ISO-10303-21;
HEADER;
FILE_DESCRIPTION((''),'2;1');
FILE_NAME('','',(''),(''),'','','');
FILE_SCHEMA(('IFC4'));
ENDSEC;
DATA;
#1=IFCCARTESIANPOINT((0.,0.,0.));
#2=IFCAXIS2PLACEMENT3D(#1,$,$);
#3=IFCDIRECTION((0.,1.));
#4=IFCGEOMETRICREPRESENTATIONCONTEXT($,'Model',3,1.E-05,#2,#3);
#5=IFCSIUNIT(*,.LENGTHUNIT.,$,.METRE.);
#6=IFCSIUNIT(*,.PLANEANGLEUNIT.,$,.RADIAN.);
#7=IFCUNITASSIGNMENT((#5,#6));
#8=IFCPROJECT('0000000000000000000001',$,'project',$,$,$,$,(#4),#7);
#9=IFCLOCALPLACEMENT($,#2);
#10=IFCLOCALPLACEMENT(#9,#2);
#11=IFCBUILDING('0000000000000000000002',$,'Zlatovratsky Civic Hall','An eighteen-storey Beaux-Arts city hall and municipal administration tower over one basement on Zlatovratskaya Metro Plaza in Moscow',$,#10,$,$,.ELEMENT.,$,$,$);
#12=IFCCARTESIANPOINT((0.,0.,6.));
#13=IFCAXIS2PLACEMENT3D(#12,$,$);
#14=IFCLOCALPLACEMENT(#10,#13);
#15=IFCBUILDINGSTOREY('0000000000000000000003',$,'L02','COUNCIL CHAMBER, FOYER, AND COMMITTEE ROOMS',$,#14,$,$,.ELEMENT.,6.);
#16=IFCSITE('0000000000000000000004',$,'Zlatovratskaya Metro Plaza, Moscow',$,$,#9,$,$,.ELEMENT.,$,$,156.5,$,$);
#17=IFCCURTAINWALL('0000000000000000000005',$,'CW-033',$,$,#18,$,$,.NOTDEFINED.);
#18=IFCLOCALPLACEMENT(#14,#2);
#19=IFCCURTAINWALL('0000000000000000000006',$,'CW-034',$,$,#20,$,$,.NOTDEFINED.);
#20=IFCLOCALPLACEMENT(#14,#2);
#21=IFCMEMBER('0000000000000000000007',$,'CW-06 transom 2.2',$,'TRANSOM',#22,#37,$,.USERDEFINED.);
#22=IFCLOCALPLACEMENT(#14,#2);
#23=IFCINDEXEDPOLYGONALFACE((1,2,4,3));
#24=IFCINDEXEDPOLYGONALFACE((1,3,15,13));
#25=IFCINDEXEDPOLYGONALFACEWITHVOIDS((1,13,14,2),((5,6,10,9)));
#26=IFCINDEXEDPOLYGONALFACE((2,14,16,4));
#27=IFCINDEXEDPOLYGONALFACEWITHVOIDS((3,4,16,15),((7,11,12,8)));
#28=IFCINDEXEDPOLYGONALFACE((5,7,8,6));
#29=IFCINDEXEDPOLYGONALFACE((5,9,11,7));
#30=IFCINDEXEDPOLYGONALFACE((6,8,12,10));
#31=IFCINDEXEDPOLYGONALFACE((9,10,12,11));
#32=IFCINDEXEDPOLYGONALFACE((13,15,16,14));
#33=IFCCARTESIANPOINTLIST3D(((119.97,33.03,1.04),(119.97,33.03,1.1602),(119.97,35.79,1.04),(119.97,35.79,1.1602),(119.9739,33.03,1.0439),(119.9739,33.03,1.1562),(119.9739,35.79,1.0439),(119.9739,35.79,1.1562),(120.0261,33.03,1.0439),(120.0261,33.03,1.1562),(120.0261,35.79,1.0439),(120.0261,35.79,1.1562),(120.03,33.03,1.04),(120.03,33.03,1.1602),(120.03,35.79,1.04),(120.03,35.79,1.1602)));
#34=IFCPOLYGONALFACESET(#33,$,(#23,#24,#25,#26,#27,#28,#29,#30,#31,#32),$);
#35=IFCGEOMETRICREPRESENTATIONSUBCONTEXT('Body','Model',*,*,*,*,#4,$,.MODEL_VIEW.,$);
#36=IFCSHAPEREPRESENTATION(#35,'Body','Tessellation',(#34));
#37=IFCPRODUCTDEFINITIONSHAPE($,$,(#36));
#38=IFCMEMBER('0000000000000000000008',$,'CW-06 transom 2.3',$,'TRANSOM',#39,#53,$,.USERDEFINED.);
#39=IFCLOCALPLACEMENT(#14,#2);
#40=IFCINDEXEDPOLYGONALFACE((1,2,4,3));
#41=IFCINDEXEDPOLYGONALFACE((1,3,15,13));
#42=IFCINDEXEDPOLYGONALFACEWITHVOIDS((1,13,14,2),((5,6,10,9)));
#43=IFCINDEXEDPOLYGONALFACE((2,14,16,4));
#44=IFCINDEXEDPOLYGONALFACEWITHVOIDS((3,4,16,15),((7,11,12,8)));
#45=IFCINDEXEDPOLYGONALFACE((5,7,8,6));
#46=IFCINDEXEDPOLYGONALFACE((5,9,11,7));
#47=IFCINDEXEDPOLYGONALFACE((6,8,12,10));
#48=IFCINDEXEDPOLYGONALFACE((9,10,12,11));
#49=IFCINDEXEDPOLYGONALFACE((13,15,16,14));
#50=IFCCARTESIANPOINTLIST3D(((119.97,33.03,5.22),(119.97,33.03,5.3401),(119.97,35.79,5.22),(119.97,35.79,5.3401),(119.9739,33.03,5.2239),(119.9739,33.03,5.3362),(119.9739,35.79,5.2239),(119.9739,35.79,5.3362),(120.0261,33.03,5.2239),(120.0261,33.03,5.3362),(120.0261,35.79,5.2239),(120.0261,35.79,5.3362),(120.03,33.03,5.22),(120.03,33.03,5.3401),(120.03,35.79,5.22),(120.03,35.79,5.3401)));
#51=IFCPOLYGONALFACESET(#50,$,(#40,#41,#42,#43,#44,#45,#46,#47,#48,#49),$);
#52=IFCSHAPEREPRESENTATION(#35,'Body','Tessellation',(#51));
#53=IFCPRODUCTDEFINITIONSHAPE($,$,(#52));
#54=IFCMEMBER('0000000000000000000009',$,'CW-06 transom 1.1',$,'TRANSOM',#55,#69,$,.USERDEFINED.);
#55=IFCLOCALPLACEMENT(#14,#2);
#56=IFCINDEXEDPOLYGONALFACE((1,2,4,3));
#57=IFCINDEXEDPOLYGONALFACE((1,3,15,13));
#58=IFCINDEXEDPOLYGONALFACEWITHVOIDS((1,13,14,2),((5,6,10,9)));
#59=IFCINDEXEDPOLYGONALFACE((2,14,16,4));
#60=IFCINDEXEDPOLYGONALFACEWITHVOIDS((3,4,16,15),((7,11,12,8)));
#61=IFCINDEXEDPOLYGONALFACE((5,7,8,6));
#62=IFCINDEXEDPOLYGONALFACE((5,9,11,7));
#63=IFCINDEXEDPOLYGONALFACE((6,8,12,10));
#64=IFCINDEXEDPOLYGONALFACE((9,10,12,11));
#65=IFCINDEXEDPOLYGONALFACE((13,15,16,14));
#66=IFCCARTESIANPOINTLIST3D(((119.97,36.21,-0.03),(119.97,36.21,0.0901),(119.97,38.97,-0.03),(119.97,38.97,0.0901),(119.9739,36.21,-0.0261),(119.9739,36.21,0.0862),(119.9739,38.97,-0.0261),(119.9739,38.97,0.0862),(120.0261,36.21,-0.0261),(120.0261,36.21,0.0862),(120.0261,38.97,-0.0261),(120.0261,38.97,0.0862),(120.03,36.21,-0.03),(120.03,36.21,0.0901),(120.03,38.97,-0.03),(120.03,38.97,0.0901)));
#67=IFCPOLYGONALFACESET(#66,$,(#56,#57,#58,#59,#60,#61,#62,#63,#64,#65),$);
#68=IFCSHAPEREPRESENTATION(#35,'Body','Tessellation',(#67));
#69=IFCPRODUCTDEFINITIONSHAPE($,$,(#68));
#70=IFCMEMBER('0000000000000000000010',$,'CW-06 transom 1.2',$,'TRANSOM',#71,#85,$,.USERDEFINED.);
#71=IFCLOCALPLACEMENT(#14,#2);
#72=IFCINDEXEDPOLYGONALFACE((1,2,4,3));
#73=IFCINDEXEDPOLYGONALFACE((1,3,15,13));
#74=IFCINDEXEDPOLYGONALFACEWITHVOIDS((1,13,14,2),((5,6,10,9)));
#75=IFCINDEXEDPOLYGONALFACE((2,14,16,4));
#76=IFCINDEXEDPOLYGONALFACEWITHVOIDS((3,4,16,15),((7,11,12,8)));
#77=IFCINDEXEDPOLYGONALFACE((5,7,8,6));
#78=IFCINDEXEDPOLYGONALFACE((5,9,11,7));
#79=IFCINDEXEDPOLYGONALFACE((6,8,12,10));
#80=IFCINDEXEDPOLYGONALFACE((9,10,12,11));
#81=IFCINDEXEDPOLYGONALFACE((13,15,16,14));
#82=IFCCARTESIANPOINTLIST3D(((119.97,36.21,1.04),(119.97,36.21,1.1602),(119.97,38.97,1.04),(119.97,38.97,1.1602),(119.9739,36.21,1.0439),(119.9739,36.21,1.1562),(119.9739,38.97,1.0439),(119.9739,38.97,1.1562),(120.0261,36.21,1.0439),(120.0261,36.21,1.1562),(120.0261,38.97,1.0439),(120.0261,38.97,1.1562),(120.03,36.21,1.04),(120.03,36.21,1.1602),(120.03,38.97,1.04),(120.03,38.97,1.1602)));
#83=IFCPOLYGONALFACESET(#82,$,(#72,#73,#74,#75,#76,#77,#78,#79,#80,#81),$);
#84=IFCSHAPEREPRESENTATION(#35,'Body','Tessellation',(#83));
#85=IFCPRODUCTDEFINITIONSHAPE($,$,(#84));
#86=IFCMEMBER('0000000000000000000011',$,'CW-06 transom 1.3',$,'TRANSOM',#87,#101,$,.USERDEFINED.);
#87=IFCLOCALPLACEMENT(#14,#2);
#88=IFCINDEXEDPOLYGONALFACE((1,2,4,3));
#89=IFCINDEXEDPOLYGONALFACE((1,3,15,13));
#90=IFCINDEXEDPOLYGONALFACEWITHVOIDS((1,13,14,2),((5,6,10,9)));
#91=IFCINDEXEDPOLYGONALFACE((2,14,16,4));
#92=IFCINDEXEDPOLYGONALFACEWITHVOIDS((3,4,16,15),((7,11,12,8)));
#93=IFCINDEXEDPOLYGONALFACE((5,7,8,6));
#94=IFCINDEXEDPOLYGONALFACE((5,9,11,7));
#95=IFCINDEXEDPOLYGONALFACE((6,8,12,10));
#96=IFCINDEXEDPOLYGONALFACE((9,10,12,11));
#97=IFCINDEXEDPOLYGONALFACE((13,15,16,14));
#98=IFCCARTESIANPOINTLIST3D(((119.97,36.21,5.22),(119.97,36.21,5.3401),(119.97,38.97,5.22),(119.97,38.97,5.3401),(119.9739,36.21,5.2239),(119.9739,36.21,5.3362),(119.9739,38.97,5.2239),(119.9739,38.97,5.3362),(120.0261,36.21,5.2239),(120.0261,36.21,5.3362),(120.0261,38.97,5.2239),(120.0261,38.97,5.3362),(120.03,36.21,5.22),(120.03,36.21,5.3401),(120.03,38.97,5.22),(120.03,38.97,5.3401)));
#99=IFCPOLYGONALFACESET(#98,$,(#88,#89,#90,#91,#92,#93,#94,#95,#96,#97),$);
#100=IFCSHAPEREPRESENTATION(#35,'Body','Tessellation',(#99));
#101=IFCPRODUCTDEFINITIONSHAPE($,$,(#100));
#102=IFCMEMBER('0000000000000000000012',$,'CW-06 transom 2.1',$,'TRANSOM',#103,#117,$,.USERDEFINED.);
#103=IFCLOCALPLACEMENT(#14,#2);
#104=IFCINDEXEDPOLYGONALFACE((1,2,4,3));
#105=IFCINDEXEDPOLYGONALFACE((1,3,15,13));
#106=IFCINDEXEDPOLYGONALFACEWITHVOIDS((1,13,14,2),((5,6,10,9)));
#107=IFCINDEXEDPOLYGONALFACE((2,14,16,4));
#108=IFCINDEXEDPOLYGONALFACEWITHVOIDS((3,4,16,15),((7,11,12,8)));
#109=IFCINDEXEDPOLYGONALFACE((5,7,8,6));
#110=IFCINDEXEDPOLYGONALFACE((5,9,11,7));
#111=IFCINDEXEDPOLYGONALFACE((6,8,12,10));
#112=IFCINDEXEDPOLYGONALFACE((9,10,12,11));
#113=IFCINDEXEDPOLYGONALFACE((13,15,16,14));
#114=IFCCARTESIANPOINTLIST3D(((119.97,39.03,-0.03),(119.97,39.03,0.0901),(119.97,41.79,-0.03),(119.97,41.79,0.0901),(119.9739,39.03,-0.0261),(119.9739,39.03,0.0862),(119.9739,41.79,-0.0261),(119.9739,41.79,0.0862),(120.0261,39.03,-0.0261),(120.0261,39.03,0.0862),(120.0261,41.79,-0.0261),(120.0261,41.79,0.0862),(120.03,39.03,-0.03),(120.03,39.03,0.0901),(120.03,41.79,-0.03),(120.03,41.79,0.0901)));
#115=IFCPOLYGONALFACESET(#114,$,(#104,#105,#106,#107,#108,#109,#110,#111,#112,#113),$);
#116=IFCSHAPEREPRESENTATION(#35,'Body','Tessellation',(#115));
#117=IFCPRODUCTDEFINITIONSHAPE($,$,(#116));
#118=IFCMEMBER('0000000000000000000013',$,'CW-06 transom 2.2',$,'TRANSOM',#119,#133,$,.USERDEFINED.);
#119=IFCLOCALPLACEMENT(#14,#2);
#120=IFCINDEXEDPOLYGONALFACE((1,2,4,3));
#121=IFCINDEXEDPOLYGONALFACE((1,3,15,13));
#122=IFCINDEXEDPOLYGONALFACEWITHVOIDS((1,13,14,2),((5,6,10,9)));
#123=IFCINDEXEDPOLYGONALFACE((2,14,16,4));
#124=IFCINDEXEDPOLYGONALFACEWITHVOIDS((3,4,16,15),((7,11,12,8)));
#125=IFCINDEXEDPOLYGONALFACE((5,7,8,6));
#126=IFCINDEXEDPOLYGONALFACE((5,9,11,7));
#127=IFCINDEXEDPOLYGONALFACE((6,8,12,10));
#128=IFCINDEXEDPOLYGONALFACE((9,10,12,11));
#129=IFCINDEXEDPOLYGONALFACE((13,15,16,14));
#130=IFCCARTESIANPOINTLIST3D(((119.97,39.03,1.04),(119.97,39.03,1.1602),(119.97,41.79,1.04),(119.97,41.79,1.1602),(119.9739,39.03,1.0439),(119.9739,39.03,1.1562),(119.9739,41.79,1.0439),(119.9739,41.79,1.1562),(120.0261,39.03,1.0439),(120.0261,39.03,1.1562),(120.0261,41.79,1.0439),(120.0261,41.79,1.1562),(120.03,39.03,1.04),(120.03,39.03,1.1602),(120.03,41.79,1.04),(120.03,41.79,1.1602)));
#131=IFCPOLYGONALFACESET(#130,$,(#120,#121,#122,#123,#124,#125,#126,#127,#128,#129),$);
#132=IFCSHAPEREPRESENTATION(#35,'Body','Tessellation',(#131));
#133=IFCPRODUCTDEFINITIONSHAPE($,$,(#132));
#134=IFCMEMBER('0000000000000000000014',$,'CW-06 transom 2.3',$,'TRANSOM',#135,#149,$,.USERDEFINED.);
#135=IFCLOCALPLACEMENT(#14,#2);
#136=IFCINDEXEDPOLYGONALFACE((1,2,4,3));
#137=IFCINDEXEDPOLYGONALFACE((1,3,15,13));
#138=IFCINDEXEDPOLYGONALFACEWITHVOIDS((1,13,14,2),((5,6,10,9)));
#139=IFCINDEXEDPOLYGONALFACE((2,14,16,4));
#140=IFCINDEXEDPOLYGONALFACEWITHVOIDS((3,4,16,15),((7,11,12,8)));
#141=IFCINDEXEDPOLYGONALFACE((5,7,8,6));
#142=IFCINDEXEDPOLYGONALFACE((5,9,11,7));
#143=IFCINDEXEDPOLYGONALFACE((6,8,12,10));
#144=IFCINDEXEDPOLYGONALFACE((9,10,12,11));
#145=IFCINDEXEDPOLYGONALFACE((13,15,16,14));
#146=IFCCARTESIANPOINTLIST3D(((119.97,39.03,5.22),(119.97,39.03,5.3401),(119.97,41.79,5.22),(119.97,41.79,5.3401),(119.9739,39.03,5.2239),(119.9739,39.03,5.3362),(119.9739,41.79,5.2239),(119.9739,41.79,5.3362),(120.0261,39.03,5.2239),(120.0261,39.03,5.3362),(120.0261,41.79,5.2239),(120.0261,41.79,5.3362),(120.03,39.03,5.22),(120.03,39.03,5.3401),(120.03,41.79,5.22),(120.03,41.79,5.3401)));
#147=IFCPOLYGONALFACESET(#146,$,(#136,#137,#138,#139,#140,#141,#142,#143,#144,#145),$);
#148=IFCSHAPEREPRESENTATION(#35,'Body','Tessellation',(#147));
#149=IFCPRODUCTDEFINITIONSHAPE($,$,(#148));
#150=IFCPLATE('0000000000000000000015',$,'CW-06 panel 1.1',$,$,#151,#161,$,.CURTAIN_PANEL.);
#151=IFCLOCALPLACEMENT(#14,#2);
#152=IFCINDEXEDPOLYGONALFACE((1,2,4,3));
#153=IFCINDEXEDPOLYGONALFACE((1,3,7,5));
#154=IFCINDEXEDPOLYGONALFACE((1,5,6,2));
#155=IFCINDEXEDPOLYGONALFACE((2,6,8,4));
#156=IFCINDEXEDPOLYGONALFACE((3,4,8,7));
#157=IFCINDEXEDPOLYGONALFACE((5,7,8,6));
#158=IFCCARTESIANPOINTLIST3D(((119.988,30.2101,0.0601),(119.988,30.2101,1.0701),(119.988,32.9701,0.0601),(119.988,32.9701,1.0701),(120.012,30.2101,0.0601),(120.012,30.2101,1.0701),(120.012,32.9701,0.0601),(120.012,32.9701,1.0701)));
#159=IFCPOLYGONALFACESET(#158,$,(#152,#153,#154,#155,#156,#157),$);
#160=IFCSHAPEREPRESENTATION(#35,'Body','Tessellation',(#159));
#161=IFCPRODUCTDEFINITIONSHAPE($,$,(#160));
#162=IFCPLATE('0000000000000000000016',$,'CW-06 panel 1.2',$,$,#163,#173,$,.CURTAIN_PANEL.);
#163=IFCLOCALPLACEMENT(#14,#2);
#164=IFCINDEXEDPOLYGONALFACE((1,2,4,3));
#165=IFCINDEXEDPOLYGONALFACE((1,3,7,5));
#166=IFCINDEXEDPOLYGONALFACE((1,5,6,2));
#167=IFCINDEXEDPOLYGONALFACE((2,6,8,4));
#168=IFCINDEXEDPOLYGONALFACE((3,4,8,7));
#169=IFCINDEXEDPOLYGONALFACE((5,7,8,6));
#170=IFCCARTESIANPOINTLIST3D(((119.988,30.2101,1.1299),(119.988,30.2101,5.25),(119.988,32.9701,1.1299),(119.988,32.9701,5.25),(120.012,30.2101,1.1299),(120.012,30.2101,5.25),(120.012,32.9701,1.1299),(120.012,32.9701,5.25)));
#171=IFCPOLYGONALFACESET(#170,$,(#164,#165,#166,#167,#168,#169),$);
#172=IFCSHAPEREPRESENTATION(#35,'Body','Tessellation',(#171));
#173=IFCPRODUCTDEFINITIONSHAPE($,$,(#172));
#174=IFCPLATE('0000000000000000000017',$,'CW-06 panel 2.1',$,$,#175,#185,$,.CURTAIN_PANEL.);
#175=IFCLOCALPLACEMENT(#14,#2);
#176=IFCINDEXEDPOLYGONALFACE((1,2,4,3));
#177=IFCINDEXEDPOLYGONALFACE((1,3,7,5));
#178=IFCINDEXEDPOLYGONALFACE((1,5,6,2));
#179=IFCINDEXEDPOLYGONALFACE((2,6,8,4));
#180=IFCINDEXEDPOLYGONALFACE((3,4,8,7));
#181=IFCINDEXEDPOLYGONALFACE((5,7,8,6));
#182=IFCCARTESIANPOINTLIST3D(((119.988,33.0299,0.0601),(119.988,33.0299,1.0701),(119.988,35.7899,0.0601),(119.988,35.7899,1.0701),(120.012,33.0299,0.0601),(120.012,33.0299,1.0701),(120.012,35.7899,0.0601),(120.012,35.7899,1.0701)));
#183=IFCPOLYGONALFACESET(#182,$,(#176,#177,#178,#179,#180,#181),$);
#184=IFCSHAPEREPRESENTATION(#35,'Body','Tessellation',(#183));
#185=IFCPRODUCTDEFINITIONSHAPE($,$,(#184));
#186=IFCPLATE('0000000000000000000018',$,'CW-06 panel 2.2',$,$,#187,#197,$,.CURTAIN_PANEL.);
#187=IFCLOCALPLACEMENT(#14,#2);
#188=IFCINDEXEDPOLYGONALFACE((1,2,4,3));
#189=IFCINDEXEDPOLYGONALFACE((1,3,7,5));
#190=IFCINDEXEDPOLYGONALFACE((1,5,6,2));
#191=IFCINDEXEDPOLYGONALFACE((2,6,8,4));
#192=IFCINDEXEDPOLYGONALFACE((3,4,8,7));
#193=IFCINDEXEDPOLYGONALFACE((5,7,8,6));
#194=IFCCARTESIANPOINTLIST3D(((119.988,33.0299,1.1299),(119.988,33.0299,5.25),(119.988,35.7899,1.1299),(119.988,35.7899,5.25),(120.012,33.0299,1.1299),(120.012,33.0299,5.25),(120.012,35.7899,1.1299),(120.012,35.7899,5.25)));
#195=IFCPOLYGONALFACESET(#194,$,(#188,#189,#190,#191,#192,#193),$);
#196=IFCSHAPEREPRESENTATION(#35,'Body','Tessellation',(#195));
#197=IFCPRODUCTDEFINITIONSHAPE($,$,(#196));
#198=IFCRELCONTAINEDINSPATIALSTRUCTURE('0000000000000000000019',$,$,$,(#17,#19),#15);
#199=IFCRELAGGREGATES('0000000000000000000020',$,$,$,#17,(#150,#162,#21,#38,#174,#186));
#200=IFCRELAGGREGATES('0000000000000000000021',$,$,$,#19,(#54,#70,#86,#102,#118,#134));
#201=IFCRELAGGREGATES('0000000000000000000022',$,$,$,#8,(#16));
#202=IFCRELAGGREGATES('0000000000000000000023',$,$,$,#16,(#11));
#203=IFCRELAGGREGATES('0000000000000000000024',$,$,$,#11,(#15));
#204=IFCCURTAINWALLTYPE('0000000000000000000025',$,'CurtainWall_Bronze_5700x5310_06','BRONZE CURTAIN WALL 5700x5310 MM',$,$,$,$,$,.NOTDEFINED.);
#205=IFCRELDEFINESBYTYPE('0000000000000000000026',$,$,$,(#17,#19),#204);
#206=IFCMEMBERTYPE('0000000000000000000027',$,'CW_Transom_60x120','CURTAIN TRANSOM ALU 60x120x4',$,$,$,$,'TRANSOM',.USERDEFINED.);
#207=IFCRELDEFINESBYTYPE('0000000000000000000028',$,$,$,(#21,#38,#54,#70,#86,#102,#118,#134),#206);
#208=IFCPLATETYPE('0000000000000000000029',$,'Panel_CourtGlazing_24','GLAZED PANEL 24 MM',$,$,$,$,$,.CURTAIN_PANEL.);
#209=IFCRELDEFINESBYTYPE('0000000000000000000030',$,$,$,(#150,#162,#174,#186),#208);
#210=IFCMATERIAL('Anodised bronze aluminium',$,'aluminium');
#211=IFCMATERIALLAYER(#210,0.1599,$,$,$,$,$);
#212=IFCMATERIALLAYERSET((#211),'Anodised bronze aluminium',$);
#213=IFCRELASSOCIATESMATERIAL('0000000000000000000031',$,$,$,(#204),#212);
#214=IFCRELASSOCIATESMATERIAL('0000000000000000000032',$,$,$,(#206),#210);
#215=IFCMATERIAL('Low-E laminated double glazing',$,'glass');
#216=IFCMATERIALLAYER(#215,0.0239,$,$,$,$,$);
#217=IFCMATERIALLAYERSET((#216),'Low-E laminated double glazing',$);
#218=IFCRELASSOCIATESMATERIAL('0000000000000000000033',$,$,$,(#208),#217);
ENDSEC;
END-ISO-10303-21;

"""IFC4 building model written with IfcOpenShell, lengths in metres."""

from ifc_helpers import new_model, si_unit, direction, frame, origin, origin_2d, place, context, subcontext, project, spatial, rectangle, hollow_rectangle, extrude, material, layer, layer_set, material_profile, profile_set, type_object, element, aggregate, save


model = new_model("IFC4")

# Units and contexts
model_context = context("Model", 3, precision=1e-05, world=origin(), true_north=direction((0.0, 1.0)))
body_context = subcontext(model_context, "Body", "Model", "MODEL_VIEW")
ifc_project = project(units=[si_unit("LENGTHUNIT", "METRE"), si_unit("PLANEANGLEUNIT", "RADIAN")], contexts=[model_context])

# Site, building, storey
site_placement = place(None, origin())
site = spatial("IfcSite", under=ifc_project, at=site_placement, Name="Zlatovratskaya Metro Plaza, Moscow", CompositionType="ELEMENT", RefElevation=156.5)
building_placement = place(site_placement, origin())
building = spatial("IfcBuilding", under=site, at=building_placement, Name="Zlatovratsky Civic Hall", Description="An eighteen-storey Beaux-Arts city hall and municipal administration tower over one basement on Zlatovratskaya Metro Plaza in Moscow", CompositionType="ELEMENT")
storey_placement = place(building_placement, frame((0.0, 0.0, 6.0)))
storey = spatial("IfcBuildingStorey", under=building, at=storey_placement, Name="L02", Description="COUNCIL CHAMBER, FOYER, AND COMMITTEE ROOMS", CompositionType="ELEMENT", Elevation=6.0)

# Curtain walls
ifc_material_1 = material(Name="Anodised bronze aluminium", Category="aluminium")
ifc_layer_1 = layer(ifc_material_1, 0.1599)
ifc_layer_set_1 = layer_set([ifc_layer_1], Name="Anodised bronze aluminium")
curtain_wall_type = type_object("IfcCurtainWallType", Name="CurtainWall_Bronze_5700x5310_06", Description="BRONZE CURTAIN WALL 5700x5310 MM", PredefinedType="NOTDEFINED", material=ifc_layer_set_1)
curtain_wall_1_placement = place(storey_placement, origin())
curtain_wall_1 = element("IfcCurtainWall", 1, at=curtain_wall_1_placement, inside=storey, type_object=curtain_wall_type, Name="CW-033", PredefinedType="NOTDEFINED")
curtain_wall_2_placement = place(storey_placement, origin())
curtain_wall_2 = element("IfcCurtainWall", 2, at=curtain_wall_2_placement, inside=storey, type_object=curtain_wall_type, Name="CW-034", PredefinedType="NOTDEFINED")

# Members
ifc_material_profile_1 = material_profile(ifc_material_1, hollow_rectangle(XDim=0.0601, YDim=0.1201, WallThickness=0.0039, at=origin_2d()), Name="ALU 60x120x4")
ifc_profile_set_1 = profile_set([ifc_material_profile_1], Name="Anodised bronze aluminium")
member_type_1 = type_object("IfcMemberType", Name="CW_Transom_60x120", Description="CURTAIN TRANSOM ALU 60x120x4", ElementType="TRANSOM", PredefinedType="USERDEFINED", material=ifc_profile_set_1)
member_1_placement = place(storey_placement, frame((120.0, 33.03, 1.1001), z_axis=(0.0, 1.0, 0.0), x_axis=(-1.0, 0.0, 0.0)))
member_1 = element("IfcMember", 3, at=member_1_placement, type_object=member_type_1, Name="CW-06 transom 2.2", ObjectType="TRANSOM", PredefinedType="USERDEFINED", context=body_context, shape_type="SweptSolid", body=[
    extrude(hollow_rectangle(XDim=0.0601, YDim=0.1201, WallThickness=0.0039, at=origin_2d()), origin(), (0.0, 0.0, 1.0), 2.76),
])
member_2_placement = place(storey_placement, frame((120.0, 33.03, 5.28), z_axis=(0.0, 1.0, 0.0), x_axis=(-1.0, 0.0, 0.0)))
member_2 = element("IfcMember", 4, at=member_2_placement, type_object=member_type_1, Name="CW-06 transom 2.3", ObjectType="TRANSOM", PredefinedType="USERDEFINED", context=body_context, shape_type="SweptSolid", body=[
    extrude(hollow_rectangle(XDim=0.0601, YDim=0.1201, WallThickness=0.0039, at=origin_2d()), origin(), (0.0, 0.0, 1.0), 2.76),
])
member_3_placement = place(storey_placement, frame((120.0, 36.21, 0.03), z_axis=(0.0, 1.0, 0.0), x_axis=(-1.0, 0.0, 0.0)))
member_3 = element("IfcMember", 5, at=member_3_placement, type_object=member_type_1, Name="CW-06 transom 1.1", ObjectType="TRANSOM", PredefinedType="USERDEFINED", context=body_context, shape_type="SweptSolid", body=[
    extrude(hollow_rectangle(XDim=0.0601, YDim=0.1201, WallThickness=0.0039, at=origin_2d()), origin(), (0.0, 0.0, 1.0), 2.76),
])
member_4_placement = place(storey_placement, frame((120.0, 36.21, 1.1001), z_axis=(0.0, 1.0, 0.0), x_axis=(-1.0, 0.0, 0.0)))
member_4 = element("IfcMember", 6, at=member_4_placement, type_object=member_type_1, Name="CW-06 transom 1.2", ObjectType="TRANSOM", PredefinedType="USERDEFINED", context=body_context, shape_type="SweptSolid", body=[
    extrude(hollow_rectangle(XDim=0.0601, YDim=0.1201, WallThickness=0.0039, at=origin_2d()), origin(), (0.0, 0.0, 1.0), 2.76),
])
member_5_placement = place(storey_placement, frame((120.0, 36.21, 5.28), z_axis=(0.0, 1.0, 0.0), x_axis=(-1.0, 0.0, 0.0)))
member_5 = element("IfcMember", 7, at=member_5_placement, type_object=member_type_1, Name="CW-06 transom 1.3", ObjectType="TRANSOM", PredefinedType="USERDEFINED", context=body_context, shape_type="SweptSolid", body=[
    extrude(hollow_rectangle(XDim=0.0601, YDim=0.1201, WallThickness=0.0039, at=origin_2d()), origin(), (0.0, 0.0, 1.0), 2.76),
])
member_6_placement = place(storey_placement, frame((120.0, 39.03, 0.03), z_axis=(0.0, 1.0, 0.0), x_axis=(-1.0, 0.0, 0.0)))
member_6 = element("IfcMember", 8, at=member_6_placement, type_object=member_type_1, Name="CW-06 transom 2.1", ObjectType="TRANSOM", PredefinedType="USERDEFINED", context=body_context, shape_type="SweptSolid", body=[
    extrude(hollow_rectangle(XDim=0.0601, YDim=0.1201, WallThickness=0.0039, at=origin_2d()), origin(), (0.0, 0.0, 1.0), 2.76),
])
member_7_placement = place(storey_placement, frame((120.0, 39.03, 1.1001), z_axis=(0.0, 1.0, 0.0), x_axis=(-1.0, 0.0, 0.0)))
member_7 = element("IfcMember", 9, at=member_7_placement, type_object=member_type_1, Name="CW-06 transom 2.2", ObjectType="TRANSOM", PredefinedType="USERDEFINED", context=body_context, shape_type="SweptSolid", body=[
    extrude(hollow_rectangle(XDim=0.0601, YDim=0.1201, WallThickness=0.0039, at=origin_2d()), origin(), (0.0, 0.0, 1.0), 2.76),
])
member_8_placement = place(storey_placement, frame((120.0, 39.03, 5.28), z_axis=(0.0, 1.0, 0.0), x_axis=(-1.0, 0.0, 0.0)))
member_8 = element("IfcMember", 10, at=member_8_placement, type_object=member_type_1, Name="CW-06 transom 2.3", ObjectType="TRANSOM", PredefinedType="USERDEFINED", context=body_context, shape_type="SweptSolid", body=[
    extrude(hollow_rectangle(XDim=0.0601, YDim=0.1201, WallThickness=0.0039, at=origin_2d()), origin(), (0.0, 0.0, 1.0), 2.76),
])

# Plates
ifc_material_2 = material(Name="Low-E laminated double glazing", Category="glass")
ifc_layer_2 = layer(ifc_material_2, 0.0239)
ifc_layer_set_2 = layer_set([ifc_layer_2], Name="Low-E laminated double glazing")
plate_type = type_object("IfcPlateType", Name="Panel_CourtGlazing_24", Description="GLAZED PANEL 24 MM", PredefinedType="CURTAIN_PANEL", material=ifc_layer_set_2)
plate_1_placement = place(storey_placement, frame((120.0, 31.5901, 0.0601), z_axis=(0.0, 0.0, 1.0), x_axis=(0.0, 1.0, 0.0)))
plate_1 = element("IfcPlate", 11, at=plate_1_placement, type_object=plate_type, Name="CW-06 panel 1.1", PredefinedType="CURTAIN_PANEL", context=body_context, shape_type="SweptSolid", body=[
    extrude(rectangle(XDim=2.76, YDim=0.0239, at=origin_2d()), origin(), (0.0, 0.0, 1.0), 1.01),
])
plate_2_placement = place(storey_placement, frame((120.0, 31.5901, 1.1299), z_axis=(0.0, 0.0, 1.0), x_axis=(0.0, 1.0, 0.0)))
plate_2 = element("IfcPlate", 12, at=plate_2_placement, type_object=plate_type, Name="CW-06 panel 1.2", PredefinedType="CURTAIN_PANEL", context=body_context, shape_type="SweptSolid", body=[
    extrude(rectangle(XDim=2.76, YDim=0.0239, at=origin_2d()), origin(), (0.0, 0.0, 1.0), 4.1201),
])
plate_3_placement = place(storey_placement, frame((120.0, 34.4099, 0.0601), z_axis=(0.0, 0.0, 1.0), x_axis=(0.0, 1.0, 0.0)))
plate_3 = element("IfcPlate", 13, at=plate_3_placement, type_object=plate_type, Name="CW-06 panel 2.1", PredefinedType="CURTAIN_PANEL", context=body_context, shape_type="SweptSolid", body=[
    extrude(rectangle(XDim=2.76, YDim=0.0239, at=origin_2d()), origin(), (0.0, 0.0, 1.0), 1.01),
])
plate_4_placement = place(storey_placement, frame((120.0, 34.4099, 1.1299), z_axis=(0.0, 0.0, 1.0), x_axis=(0.0, 1.0, 0.0)))
plate_4 = element("IfcPlate", 14, at=plate_4_placement, type_object=plate_type, Name="CW-06 panel 2.2", PredefinedType="CURTAIN_PANEL", context=body_context, shape_type="SweptSolid", body=[
    extrude(rectangle(XDim=2.76, YDim=0.0239, at=origin_2d()), origin(), (0.0, 0.0, 1.0), 4.1201),
])
aggregate(curtain_wall_1, [plate_1, plate_2, member_1, member_2, plate_3, plate_4])
aggregate(curtain_wall_2, [member_3, member_4, member_5, member_6, member_7, member_8])

save(model, "model.ifc")
